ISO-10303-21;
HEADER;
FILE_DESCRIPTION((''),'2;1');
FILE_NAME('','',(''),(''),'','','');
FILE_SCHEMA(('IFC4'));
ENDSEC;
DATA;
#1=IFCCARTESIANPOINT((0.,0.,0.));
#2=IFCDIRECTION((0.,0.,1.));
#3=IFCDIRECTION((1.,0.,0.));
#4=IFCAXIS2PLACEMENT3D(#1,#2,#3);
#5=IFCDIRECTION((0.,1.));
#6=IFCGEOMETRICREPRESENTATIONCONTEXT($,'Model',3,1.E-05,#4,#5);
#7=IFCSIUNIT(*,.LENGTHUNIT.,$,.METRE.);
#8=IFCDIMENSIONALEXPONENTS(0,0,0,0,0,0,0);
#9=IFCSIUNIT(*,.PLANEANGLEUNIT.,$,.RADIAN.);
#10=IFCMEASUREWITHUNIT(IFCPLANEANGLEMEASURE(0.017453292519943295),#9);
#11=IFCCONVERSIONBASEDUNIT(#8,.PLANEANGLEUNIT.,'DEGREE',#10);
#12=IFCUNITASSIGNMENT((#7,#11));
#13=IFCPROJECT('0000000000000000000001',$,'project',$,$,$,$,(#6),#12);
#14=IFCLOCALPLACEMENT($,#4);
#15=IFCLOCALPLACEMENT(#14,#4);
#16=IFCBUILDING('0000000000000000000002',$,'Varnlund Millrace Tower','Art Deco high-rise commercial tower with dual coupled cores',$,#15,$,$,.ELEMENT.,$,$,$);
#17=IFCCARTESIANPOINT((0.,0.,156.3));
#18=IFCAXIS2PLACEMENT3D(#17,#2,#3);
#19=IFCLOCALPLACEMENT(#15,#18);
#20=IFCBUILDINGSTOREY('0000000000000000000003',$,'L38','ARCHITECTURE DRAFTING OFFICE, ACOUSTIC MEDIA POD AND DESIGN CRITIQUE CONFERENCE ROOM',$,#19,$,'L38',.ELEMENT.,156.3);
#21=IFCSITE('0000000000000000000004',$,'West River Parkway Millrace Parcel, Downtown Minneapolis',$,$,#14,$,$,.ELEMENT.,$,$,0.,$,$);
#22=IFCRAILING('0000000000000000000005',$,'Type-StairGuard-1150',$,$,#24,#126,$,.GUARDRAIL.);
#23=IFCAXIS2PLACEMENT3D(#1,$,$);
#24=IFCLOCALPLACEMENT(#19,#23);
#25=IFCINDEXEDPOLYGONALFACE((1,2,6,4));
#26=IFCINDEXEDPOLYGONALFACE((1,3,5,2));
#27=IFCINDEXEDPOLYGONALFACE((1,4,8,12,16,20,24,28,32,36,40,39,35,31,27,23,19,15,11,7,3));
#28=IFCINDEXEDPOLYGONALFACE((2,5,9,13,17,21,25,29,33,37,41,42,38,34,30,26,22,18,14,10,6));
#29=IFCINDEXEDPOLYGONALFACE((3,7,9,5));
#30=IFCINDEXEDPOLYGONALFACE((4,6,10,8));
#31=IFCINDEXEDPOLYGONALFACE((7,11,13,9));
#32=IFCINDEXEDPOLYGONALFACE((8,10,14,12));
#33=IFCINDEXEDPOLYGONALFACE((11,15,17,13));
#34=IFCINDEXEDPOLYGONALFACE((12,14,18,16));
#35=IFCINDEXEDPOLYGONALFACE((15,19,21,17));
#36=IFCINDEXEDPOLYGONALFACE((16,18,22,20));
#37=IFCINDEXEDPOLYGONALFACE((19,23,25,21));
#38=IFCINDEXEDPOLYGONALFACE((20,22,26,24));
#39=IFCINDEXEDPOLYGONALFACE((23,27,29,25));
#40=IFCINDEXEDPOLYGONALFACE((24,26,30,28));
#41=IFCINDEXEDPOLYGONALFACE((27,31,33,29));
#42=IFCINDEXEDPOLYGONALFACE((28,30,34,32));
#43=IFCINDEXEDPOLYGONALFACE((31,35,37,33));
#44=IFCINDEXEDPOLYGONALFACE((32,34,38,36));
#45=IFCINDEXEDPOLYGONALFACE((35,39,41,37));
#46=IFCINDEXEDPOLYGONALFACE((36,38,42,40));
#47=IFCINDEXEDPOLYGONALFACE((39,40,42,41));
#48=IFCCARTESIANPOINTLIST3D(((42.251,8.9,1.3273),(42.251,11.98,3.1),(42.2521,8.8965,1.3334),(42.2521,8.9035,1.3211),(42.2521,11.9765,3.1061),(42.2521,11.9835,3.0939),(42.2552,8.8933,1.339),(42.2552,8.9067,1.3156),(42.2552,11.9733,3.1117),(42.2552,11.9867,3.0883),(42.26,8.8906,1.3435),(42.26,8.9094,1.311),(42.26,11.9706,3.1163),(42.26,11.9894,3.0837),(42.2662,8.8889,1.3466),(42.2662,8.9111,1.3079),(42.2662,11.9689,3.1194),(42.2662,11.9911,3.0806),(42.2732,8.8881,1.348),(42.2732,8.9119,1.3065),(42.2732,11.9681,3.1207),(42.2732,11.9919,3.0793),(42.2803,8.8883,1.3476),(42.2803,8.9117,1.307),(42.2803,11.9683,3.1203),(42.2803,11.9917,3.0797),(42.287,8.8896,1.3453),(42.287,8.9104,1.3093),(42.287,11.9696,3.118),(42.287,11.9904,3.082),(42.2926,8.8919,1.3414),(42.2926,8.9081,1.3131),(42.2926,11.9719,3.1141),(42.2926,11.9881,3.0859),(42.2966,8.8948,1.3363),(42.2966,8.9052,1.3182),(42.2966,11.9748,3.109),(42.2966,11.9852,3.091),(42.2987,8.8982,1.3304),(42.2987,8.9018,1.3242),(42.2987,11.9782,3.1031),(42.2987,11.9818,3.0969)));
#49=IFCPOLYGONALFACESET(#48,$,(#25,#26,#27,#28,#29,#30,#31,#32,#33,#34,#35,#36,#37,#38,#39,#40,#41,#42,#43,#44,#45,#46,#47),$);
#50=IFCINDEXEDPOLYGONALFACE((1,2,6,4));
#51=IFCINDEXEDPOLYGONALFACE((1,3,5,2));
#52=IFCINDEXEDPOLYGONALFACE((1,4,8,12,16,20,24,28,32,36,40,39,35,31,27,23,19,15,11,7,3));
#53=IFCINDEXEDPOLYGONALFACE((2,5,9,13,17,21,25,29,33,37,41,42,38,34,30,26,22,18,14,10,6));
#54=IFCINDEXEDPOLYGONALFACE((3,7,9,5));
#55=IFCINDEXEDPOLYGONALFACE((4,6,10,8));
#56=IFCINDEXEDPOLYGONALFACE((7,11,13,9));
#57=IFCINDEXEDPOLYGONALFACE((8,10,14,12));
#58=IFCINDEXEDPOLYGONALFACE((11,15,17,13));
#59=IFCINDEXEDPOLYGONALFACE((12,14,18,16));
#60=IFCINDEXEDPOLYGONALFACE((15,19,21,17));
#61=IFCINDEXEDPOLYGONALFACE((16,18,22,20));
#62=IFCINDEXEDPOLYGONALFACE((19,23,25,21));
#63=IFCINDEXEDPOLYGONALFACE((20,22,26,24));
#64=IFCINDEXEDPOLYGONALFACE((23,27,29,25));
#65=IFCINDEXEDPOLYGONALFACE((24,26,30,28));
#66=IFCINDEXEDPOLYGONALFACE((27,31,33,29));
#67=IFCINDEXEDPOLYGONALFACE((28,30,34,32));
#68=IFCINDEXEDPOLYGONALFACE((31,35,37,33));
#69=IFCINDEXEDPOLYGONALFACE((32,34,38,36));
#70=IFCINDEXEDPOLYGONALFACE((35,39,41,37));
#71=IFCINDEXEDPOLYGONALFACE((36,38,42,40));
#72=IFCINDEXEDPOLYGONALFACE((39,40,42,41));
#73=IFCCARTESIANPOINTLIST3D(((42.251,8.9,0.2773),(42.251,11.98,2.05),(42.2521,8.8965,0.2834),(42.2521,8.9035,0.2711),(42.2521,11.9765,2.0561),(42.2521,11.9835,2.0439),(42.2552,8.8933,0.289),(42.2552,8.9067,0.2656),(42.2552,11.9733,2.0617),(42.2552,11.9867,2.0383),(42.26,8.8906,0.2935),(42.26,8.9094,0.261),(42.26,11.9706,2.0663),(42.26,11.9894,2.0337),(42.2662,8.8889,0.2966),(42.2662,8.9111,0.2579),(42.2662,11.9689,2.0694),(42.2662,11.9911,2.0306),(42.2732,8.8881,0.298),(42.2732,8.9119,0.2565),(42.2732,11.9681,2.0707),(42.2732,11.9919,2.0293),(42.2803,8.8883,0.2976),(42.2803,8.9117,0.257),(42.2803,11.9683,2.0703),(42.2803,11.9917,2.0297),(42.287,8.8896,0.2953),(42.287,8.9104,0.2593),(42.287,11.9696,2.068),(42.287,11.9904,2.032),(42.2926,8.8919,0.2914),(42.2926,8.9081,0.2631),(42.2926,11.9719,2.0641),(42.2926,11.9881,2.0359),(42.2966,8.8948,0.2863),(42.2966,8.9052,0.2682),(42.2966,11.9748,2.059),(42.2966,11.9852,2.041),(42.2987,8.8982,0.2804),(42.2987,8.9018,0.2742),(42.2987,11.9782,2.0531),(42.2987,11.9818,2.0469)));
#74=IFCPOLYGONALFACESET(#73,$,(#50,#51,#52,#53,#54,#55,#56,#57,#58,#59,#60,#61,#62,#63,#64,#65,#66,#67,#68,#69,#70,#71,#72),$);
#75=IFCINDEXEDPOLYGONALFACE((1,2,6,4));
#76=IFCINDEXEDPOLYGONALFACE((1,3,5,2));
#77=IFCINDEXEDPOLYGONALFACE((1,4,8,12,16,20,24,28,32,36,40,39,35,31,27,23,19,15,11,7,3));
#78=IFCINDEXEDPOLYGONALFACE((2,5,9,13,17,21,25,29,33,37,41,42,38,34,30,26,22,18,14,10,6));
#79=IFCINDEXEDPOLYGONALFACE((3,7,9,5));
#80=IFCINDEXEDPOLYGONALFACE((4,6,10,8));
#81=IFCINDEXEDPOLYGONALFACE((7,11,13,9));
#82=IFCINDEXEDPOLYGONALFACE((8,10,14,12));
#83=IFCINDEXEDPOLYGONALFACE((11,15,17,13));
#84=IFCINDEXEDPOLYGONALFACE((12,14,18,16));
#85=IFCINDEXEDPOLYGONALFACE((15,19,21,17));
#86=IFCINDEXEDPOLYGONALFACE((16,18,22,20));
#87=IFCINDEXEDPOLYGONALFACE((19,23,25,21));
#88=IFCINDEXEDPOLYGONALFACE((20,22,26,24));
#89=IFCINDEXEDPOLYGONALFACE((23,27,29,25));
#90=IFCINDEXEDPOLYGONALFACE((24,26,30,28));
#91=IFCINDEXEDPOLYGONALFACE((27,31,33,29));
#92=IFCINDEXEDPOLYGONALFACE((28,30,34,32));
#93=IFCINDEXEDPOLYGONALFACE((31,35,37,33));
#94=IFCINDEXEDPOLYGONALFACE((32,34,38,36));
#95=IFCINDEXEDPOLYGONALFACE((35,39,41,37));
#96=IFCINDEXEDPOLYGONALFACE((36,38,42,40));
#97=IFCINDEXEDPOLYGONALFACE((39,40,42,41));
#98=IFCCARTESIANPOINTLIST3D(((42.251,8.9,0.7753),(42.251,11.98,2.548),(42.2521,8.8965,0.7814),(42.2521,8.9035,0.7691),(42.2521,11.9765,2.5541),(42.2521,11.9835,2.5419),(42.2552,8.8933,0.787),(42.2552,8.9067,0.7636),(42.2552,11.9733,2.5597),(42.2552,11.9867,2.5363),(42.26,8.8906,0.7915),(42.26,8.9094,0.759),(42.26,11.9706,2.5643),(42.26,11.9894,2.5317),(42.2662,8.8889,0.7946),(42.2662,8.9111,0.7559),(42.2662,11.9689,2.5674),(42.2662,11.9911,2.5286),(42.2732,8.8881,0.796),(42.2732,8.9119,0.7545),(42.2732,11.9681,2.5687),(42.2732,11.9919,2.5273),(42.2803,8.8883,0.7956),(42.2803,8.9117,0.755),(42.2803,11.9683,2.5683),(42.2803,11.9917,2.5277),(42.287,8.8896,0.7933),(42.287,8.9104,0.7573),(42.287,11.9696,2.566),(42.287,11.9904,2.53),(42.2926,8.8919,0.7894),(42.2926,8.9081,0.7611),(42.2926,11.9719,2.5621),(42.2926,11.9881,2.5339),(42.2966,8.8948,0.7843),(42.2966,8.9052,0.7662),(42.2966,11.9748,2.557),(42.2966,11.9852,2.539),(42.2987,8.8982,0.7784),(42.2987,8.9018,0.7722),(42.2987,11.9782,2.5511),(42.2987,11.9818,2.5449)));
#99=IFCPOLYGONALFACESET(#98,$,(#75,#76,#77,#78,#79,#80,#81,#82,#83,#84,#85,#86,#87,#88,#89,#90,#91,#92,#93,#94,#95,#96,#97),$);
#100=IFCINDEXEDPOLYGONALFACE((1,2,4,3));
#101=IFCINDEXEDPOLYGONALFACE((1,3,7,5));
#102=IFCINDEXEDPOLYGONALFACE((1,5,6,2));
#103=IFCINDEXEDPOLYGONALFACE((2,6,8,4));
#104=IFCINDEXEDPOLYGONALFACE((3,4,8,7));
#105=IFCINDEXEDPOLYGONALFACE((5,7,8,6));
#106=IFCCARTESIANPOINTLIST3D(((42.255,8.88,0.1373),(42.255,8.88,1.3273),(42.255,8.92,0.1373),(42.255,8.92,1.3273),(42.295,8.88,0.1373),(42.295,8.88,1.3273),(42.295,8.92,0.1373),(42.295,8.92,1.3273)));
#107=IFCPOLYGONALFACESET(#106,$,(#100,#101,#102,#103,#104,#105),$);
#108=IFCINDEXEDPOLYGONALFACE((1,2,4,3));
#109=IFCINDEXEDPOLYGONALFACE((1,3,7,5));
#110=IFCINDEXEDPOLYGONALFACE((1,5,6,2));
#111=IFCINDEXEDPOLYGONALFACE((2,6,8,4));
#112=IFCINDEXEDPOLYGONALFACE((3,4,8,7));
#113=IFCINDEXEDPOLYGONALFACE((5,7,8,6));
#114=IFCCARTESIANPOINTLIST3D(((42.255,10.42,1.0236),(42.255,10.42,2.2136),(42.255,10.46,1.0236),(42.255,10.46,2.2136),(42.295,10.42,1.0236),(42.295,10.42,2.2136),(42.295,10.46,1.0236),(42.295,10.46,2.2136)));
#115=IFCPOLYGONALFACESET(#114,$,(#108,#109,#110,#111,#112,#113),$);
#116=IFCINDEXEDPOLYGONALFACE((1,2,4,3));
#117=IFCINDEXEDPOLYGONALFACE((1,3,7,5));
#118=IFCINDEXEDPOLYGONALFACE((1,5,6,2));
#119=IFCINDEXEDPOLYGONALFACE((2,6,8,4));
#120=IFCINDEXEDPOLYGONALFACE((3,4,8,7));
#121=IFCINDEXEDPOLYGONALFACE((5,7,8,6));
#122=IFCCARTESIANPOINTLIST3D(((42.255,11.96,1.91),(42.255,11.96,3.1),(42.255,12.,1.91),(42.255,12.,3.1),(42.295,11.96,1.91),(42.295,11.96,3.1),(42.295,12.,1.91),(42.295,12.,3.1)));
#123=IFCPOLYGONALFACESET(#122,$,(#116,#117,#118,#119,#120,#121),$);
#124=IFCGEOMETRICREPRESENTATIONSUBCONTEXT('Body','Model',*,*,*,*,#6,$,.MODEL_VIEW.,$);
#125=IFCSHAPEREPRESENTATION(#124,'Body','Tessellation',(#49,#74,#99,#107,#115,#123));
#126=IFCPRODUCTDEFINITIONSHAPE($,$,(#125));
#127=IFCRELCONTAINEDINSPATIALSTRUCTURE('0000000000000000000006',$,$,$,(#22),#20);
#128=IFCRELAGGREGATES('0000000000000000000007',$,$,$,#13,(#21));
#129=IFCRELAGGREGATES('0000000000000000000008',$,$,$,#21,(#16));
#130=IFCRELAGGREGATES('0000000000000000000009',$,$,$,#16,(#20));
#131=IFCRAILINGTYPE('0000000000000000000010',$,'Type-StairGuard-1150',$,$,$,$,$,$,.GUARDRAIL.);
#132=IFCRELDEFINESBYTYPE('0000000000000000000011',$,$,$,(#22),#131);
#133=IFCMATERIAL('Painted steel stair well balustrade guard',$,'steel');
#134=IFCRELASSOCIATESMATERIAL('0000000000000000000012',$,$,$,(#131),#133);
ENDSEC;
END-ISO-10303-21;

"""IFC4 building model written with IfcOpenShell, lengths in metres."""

from ifc_helpers import new_model, entity, si_unit, converted_unit, direction, frame, origin_with_axes, origin_2d_with_axis, place, context, subcontext, project, spatial, rectangle, circle, extrude, material, type_object, element, save


model = new_model("IFC4")

# Units and contexts
model_context = context("Model", 3, precision=1e-05, world=origin_with_axes(), true_north=direction((0.0, 1.0)))
body_context = subcontext(model_context, "Body", "Model", "MODEL_VIEW")
ifc_project = project(units=[si_unit("LENGTHUNIT", "METRE"), converted_unit("PLANEANGLEUNIT", "DEGREE", entity("IfcPlaneAngleMeasure", 0.017453292519943295), si_unit("PLANEANGLEUNIT", "RADIAN"), dimensions=[0, 0, 0, 0, 0, 0, 0])], contexts=[model_context])

# Site, building, storey
site_placement = place(None, origin_with_axes())
site = spatial("IfcSite", under=ifc_project, at=site_placement, Name="West River Parkway Millrace Parcel, Downtown Minneapolis", CompositionType="ELEMENT", RefElevation=0.0)
building_placement = place(site_placement, origin_with_axes())
building = spatial("IfcBuilding", under=site, at=building_placement, Name="Varnlund Millrace Tower", Description="Art Deco high-rise commercial tower with dual coupled cores", CompositionType="ELEMENT")
storey_placement = place(building_placement, frame((0.0, 0.0, 156.3), z_axis=(0.0, 0.0, 1.0), x_axis=(1.0, 0.0, 0.0)))
storey = spatial("IfcBuildingStorey", under=building, at=storey_placement, Name="L38", Description="ARCHITECTURE DRAFTING OFFICE, ACOUSTIC MEDIA POD AND DESIGN CRITIQUE CONFERENCE ROOM", LongName="L38", CompositionType="ELEMENT", Elevation=156.3)

# Railing
ifc_material_1 = material(Name="Painted steel stair well balustrade guard", Category="steel")
railing_type_1 = type_object("IfcRailingType", Name="Type-StairGuard-1150", PredefinedType="GUARDRAIL", material=ifc_material_1)
railing_1_placement = place(storey_placement, frame((0.0, 0.0, -156.3), z_axis=(0.0, 0.0, 1.0), x_axis=(1.0, 0.0, 0.0)))
element("IfcRailing", 1, at=railing_1_placement, inside=storey, type_object=railing_type_1, Name="Type-StairGuard-1150", PredefinedType="GUARDRAIL", context=body_context, shape_type="SweptSolid", body=[
    extrude(circle(Radius=0.024, at=origin_2d_with_axis()), frame((42.275, 8.9, 157.6273), z_axis=(0.0, 0.866696, 0.498836), x_axis=(-1.0, 0.0, 0.0)), (0.0, 0.0, 1.0), 3.5537),
    extrude(circle(Radius=0.024, at=origin_2d_with_axis()), frame((42.275, 8.9, 156.5773), z_axis=(0.0, 0.866696, 0.498836), x_axis=(-1.0, 0.0, 0.0)), (0.0, 0.0, 1.0), 3.5537),
    extrude(circle(Radius=0.024, at=origin_2d_with_axis()), frame((42.275, 8.9, 157.0753), z_axis=(0.0, 0.866696, 0.498836), x_axis=(-1.0, 0.0, 0.0)), (0.0, 0.0, 1.0), 3.5537),
    extrude(rectangle(XDim=0.04, YDim=0.04, at=origin_2d_with_axis()), frame((42.275, 8.9, 156.4373), z_axis=(0.0, 0.0, 1.0), x_axis=(1.0, 0.0, 0.0)), (0.0, 0.0, 1.0), 1.19),
    extrude(rectangle(XDim=0.04, YDim=0.04, at=origin_2d_with_axis()), frame((42.275, 10.44, 157.3236), z_axis=(0.0, 0.0, 1.0), x_axis=(1.0, 0.0, 0.0)), (0.0, 0.0, 1.0), 1.19),
    extrude(rectangle(XDim=0.04, YDim=0.04, at=origin_2d_with_axis()), frame((42.275, 11.98, 158.21), z_axis=(0.0, 0.0, 1.0), x_axis=(1.0, 0.0, 0.0)), (0.0, 0.0, 1.0), 1.19),
])

save(model, "model.ifc")
